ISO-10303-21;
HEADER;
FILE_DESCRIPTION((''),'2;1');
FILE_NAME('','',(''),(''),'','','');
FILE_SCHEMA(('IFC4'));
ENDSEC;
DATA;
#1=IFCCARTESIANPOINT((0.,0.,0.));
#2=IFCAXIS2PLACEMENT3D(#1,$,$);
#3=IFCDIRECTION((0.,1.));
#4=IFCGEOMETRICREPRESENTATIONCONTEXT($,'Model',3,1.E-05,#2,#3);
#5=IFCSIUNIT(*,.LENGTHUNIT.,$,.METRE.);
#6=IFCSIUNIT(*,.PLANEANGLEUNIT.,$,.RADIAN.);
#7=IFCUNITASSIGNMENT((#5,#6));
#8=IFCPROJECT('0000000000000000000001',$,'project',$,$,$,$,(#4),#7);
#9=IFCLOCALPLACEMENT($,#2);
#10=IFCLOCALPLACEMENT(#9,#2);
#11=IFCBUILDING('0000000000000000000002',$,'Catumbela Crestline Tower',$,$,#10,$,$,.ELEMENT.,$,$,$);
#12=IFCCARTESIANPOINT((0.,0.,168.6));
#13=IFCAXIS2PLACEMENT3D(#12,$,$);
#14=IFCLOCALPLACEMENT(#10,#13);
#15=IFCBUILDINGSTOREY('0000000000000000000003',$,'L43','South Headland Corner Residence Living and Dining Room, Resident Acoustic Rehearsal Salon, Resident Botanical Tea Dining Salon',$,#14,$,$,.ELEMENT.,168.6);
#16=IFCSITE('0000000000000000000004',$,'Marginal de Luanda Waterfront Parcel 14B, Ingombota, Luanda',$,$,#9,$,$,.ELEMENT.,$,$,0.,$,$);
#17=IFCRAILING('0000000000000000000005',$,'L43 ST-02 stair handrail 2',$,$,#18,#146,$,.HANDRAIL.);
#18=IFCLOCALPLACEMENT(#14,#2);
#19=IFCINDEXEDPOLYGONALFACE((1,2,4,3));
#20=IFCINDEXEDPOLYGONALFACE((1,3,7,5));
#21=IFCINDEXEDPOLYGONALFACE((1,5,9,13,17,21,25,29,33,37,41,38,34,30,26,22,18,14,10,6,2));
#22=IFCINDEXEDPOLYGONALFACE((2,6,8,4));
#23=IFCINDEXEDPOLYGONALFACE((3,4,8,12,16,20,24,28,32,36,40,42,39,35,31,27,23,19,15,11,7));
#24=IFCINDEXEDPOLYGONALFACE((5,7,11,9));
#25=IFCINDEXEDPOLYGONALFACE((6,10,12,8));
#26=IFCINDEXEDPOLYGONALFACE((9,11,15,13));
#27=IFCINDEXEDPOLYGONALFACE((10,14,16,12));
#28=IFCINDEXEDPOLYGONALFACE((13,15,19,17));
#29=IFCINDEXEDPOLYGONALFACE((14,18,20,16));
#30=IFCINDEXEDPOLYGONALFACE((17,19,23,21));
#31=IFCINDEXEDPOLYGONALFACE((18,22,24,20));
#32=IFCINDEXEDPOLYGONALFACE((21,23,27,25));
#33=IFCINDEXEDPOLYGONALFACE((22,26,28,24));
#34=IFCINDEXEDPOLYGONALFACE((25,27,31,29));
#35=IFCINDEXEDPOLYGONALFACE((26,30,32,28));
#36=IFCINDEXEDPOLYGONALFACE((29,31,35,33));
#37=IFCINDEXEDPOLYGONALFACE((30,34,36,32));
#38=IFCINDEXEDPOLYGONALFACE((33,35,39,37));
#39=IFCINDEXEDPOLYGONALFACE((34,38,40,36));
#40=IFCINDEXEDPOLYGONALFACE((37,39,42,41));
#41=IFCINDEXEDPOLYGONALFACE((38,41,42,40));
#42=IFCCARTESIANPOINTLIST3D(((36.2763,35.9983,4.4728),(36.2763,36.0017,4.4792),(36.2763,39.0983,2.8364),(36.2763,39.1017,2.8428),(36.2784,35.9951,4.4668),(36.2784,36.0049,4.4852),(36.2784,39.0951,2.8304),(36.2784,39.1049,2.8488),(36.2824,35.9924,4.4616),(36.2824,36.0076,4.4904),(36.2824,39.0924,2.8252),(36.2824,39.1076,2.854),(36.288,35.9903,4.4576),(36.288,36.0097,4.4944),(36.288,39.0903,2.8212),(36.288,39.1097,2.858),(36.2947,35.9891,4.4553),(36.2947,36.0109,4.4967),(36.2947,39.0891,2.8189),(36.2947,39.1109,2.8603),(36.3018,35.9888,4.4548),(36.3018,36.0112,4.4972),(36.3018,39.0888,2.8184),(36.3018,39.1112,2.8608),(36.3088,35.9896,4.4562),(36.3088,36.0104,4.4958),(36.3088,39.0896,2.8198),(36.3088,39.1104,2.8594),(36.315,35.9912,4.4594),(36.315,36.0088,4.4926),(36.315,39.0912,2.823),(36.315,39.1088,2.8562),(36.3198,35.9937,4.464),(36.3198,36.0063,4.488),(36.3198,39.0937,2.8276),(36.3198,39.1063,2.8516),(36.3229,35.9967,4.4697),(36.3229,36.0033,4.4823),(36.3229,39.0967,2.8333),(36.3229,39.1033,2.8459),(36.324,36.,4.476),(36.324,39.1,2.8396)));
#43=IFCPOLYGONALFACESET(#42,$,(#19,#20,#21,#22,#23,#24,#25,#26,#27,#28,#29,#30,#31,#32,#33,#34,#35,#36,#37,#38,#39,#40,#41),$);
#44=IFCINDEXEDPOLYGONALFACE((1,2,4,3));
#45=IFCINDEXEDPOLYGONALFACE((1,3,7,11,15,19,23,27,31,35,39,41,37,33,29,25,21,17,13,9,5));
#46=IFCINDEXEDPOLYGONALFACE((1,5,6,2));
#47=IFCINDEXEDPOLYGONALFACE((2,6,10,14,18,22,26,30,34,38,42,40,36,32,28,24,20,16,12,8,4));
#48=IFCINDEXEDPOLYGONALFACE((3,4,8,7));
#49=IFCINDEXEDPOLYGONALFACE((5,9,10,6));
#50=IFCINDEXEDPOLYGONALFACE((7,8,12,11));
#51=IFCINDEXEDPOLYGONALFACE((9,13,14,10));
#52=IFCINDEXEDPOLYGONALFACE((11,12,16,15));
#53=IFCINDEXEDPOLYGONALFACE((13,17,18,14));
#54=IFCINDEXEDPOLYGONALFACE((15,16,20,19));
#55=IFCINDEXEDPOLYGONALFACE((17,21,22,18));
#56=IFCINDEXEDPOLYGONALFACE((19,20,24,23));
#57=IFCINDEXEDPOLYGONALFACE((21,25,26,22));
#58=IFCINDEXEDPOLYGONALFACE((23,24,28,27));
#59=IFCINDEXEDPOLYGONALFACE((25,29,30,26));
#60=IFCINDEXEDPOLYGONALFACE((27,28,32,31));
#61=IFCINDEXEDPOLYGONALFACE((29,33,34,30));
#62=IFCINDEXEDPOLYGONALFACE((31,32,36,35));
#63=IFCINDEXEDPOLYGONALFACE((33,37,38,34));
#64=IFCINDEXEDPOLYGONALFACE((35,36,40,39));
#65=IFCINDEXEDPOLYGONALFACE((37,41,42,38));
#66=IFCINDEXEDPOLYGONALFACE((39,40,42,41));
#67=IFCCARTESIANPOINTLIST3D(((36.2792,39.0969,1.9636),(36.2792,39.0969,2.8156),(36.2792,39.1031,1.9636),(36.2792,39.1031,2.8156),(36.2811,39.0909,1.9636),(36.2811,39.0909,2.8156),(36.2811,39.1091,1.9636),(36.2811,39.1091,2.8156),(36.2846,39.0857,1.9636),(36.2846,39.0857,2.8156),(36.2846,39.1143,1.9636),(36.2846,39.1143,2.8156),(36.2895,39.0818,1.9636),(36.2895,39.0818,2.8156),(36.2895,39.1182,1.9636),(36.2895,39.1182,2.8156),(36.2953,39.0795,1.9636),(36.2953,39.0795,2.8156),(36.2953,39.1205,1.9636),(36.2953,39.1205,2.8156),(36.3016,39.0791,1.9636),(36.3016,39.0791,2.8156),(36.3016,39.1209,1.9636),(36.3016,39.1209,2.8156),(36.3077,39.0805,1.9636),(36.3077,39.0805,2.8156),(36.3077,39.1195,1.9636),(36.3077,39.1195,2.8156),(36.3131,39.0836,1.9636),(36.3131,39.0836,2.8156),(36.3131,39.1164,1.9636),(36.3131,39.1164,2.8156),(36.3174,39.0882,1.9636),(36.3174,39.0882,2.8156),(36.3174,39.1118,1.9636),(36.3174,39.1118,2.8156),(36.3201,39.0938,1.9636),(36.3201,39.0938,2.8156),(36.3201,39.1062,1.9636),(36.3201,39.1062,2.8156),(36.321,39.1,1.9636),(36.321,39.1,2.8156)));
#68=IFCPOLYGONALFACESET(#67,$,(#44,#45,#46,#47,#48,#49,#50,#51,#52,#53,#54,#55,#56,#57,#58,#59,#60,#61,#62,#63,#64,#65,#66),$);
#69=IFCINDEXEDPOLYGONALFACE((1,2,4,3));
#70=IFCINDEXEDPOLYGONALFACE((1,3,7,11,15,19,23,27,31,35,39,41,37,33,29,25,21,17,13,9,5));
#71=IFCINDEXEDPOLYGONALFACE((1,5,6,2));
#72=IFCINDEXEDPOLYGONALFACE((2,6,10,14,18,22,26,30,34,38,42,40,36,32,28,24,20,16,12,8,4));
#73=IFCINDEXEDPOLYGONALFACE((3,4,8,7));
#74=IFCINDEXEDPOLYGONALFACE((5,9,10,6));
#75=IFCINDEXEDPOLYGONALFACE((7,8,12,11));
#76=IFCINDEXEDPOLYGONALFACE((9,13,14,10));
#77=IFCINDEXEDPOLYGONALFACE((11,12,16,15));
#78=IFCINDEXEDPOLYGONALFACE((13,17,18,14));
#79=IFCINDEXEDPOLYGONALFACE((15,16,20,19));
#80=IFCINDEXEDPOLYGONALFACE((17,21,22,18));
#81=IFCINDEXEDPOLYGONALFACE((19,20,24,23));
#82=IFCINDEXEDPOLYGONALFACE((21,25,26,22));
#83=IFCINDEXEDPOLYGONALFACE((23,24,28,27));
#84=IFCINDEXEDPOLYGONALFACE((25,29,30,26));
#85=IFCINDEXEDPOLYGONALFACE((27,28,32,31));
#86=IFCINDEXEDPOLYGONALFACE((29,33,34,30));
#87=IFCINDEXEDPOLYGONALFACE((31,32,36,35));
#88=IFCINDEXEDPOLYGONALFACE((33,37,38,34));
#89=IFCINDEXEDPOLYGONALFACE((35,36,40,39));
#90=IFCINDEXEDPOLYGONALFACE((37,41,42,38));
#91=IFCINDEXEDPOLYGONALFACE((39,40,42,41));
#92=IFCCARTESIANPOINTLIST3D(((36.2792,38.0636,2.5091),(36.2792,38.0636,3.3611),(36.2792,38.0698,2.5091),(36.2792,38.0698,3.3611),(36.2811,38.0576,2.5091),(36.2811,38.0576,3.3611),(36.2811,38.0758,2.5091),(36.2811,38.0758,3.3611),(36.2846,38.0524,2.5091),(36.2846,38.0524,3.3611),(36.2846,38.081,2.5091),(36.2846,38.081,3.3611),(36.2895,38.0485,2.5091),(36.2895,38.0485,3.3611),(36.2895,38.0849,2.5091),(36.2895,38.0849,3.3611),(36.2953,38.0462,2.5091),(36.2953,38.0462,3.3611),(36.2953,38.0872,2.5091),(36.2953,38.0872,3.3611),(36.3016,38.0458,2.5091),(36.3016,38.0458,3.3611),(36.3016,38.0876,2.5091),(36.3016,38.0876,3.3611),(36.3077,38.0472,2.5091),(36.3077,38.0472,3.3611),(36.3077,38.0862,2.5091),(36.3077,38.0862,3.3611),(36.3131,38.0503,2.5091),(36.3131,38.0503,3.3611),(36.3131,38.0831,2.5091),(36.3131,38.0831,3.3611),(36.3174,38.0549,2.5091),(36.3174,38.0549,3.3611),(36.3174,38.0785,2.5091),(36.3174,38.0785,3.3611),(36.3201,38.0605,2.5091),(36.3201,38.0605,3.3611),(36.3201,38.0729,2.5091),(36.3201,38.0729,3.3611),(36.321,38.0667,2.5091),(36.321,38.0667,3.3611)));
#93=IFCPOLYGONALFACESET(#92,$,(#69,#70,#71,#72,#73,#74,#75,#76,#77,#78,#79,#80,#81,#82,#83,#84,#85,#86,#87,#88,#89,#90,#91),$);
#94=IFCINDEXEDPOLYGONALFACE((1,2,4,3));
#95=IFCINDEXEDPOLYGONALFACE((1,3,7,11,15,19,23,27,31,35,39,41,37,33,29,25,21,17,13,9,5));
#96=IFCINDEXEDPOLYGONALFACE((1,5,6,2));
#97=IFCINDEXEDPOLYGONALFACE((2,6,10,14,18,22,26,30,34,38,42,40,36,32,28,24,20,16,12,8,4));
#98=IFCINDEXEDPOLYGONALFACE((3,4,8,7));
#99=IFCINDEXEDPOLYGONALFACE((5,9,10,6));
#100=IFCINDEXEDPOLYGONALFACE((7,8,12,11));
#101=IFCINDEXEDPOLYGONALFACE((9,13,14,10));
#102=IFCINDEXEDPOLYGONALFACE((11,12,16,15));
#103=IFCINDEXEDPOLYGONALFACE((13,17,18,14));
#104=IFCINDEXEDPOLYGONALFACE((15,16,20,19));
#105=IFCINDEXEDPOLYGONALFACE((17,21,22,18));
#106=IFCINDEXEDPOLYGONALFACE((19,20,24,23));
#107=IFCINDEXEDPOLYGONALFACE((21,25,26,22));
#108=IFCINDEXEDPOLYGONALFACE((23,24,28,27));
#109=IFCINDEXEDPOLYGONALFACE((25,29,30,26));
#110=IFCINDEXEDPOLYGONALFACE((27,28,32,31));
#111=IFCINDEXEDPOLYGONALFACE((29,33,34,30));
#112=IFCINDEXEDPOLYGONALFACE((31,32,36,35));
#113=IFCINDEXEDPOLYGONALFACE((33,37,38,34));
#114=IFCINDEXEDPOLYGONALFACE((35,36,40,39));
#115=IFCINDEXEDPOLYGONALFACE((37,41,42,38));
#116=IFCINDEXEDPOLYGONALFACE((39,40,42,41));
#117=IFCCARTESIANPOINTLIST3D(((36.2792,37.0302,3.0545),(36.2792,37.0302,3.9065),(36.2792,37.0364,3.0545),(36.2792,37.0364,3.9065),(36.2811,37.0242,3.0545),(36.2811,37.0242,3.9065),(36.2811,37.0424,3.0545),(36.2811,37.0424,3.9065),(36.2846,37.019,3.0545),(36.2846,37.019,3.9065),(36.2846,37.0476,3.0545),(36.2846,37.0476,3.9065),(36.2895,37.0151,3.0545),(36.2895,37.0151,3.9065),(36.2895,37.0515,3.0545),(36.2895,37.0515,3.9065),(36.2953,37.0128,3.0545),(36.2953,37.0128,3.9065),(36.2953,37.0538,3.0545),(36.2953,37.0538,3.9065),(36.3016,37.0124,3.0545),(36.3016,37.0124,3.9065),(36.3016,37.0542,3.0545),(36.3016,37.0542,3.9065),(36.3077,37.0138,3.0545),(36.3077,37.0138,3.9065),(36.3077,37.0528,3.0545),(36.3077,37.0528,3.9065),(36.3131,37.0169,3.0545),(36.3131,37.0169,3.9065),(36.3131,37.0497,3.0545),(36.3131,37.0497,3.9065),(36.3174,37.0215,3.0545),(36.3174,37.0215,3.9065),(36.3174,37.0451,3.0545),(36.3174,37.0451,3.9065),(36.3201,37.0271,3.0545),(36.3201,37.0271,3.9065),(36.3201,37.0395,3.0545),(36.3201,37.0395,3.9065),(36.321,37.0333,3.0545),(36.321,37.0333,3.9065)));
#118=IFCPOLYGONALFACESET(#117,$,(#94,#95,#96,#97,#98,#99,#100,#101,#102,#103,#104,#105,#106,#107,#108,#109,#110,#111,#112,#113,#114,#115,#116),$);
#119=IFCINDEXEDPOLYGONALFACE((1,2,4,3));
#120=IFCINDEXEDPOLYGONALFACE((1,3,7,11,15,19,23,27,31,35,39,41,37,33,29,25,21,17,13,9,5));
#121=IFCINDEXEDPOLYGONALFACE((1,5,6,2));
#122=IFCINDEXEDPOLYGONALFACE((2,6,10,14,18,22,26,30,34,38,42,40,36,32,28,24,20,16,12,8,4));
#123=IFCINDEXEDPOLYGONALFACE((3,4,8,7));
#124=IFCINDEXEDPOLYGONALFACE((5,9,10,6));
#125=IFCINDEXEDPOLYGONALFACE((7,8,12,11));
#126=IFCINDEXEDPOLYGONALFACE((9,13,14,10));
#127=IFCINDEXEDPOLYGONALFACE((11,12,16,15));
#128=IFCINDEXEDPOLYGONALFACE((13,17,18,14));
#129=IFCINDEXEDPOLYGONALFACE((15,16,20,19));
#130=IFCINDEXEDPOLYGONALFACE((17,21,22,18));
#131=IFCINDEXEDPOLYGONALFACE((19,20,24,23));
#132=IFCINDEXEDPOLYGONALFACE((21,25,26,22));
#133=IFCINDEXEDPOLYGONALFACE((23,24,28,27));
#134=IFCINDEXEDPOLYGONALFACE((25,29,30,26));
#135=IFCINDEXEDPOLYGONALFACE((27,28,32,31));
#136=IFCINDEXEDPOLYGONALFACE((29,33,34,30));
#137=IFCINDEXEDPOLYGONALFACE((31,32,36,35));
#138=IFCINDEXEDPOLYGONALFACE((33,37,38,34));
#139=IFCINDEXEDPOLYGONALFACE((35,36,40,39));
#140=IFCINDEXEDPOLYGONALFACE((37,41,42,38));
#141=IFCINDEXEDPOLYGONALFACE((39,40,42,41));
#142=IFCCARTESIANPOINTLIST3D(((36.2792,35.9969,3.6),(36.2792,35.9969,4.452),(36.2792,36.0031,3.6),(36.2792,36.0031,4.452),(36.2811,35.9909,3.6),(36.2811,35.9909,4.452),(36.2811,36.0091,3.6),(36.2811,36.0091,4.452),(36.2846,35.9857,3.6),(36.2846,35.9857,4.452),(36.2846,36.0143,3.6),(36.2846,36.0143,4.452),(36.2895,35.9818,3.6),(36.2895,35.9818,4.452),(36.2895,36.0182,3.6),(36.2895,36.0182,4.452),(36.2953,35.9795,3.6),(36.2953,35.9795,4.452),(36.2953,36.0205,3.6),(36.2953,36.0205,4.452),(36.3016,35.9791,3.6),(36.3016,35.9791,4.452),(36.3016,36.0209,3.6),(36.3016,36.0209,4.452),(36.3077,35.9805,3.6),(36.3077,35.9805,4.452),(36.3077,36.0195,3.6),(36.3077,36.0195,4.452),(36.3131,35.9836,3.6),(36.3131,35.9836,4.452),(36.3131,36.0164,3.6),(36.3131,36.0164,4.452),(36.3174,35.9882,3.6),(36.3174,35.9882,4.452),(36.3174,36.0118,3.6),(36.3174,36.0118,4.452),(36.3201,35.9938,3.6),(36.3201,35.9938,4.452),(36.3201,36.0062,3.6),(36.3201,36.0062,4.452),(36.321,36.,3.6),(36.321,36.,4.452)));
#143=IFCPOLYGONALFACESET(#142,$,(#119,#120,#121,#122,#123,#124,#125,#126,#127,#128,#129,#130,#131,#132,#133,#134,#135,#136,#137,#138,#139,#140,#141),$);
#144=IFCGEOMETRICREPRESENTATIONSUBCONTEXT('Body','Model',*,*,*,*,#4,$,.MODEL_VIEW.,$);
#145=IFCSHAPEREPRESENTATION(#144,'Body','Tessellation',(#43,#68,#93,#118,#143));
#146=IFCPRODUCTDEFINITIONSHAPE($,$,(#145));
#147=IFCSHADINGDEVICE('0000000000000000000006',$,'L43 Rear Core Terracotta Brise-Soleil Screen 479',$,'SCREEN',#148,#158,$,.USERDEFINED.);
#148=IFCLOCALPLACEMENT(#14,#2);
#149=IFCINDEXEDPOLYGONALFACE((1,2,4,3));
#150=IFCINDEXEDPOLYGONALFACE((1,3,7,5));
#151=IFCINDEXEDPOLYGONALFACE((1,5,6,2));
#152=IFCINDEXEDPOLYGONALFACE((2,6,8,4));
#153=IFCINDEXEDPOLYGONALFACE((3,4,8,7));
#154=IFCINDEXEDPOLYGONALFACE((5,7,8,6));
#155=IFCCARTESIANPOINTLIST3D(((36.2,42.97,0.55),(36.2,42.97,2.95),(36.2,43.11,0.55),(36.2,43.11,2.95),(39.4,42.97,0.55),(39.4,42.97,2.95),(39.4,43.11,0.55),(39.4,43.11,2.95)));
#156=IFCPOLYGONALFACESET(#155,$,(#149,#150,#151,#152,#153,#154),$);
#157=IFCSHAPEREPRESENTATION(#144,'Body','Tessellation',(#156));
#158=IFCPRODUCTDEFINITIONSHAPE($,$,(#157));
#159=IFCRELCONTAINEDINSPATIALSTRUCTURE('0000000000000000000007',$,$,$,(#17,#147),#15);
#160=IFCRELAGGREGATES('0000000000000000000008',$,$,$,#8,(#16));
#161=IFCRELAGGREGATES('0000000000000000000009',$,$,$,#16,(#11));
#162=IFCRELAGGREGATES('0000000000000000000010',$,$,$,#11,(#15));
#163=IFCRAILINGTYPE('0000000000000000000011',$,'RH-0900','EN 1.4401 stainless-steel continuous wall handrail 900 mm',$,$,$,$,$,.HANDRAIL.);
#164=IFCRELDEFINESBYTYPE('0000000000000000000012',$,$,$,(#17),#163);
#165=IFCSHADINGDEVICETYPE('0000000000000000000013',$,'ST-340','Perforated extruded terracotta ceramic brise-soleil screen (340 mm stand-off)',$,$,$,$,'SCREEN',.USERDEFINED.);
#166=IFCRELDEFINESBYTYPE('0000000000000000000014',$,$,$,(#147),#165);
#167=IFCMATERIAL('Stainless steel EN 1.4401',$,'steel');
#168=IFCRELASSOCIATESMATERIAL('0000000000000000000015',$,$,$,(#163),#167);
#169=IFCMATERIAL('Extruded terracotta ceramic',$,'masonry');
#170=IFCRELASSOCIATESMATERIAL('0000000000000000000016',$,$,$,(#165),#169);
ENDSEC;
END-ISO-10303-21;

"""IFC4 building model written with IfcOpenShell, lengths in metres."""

from ifc_helpers import new_model, si_unit, direction, frame, origin, origin_2d, place, context, subcontext, project, spatial, rectangle, circle, extrude, material, type_object, element, save


model = new_model("IFC4")

# Units and contexts
model_context = context("Model", 3, precision=1e-05, world=origin(), true_north=direction((0.0, 1.0)))
body_context = subcontext(model_context, "Body", "Model", "MODEL_VIEW")
ifc_project = project(units=[si_unit("LENGTHUNIT", "METRE"), si_unit("PLANEANGLEUNIT", "RADIAN")], contexts=[model_context])

# Site, building, storey
site_placement = place(None, origin())
site = spatial("IfcSite", under=ifc_project, at=site_placement, Name="Marginal de Luanda Waterfront Parcel 14B, Ingombota, Luanda", CompositionType="ELEMENT", RefElevation=0.0)
building_placement = place(site_placement, origin())
building = spatial("IfcBuilding", under=site, at=building_placement, Name="Catumbela Crestline Tower", CompositionType="ELEMENT")
storey_placement = place(building_placement, frame((0.0, 0.0, 168.6)))
storey = spatial("IfcBuildingStorey", under=building, at=storey_placement, Name="L43", Description="South Headland Corner Residence Living and Dining Room, Resident Acoustic Rehearsal Salon, Resident Botanical Tea Dining Salon", CompositionType="ELEMENT", Elevation=168.6)

# Shared definitions
ifc_material_1 = material(Name="Stainless steel EN 1.4401", Category="steel")

# Railing
railing_type_1 = type_object("IfcRailingType", Name="RH-0900", Description="EN 1.4401 stainless-steel continuous wall handrail 900 mm", PredefinedType="HANDRAIL", material=ifc_material_1)
railing_1_placement = place(storey_placement, frame((36.3, 39.1, 1.9636)))
element("IfcRailing", 1, at=railing_1_placement, inside=storey, type_object=railing_type_1, Name="L43 ST-02 stair handrail 2", PredefinedType="HANDRAIL", context=body_context, shape_type="SweptSolid", body=[
    extrude(circle(Radius=0.024, at=origin_2d()), frame((0.0, 0.0, 0.876), z_axis=(0.0, -0.884351, 0.466823), x_axis=(1.0, 0.0, 0.0)), (0.0, 0.0, 1.0), 3.5054),
    extrude(circle(Radius=0.021, at=origin_2d()), origin(), (0.0, 0.0, 1.0), 0.852),
    extrude(circle(Radius=0.021, at=origin_2d()), frame((0.0, -1.0333, 0.5455)), (0.0, 0.0, 1.0), 0.852),
    extrude(circle(Radius=0.021, at=origin_2d()), frame((0.0, -2.0667, 1.0909)), (0.0, 0.0, 1.0), 0.852),
    extrude(circle(Radius=0.021, at=origin_2d()), frame((0.0, -3.1, 1.6364)), (0.0, 0.0, 1.0), 0.852),
])

# Shading device
ifc_material_2 = material(Name="Extruded terracotta ceramic", Category="masonry")
shading_device_type = type_object("IfcShadingDeviceType", Name="ST-340", Description="Perforated extruded terracotta ceramic brise-soleil screen (340 mm stand-off)", ElementType="SCREEN", PredefinedType="USERDEFINED", material=ifc_material_2)
shading_device_placement = place(storey_placement, frame((37.8, 43.04, 0.55), z_axis=(0.0, 0.0, 1.0), x_axis=(1.0, 0.0, 0.0)))
element("IfcShadingDevice", 2, at=shading_device_placement, inside=storey, type_object=shading_device_type, Name="L43 Rear Core Terracotta Brise-Soleil Screen 479", ObjectType="SCREEN", PredefinedType="USERDEFINED", context=body_context, shape_type="SweptSolid", body=[
    extrude(rectangle(XDim=3.2, YDim=0.14, at=origin_2d()), origin(), (0.0, 0.0, 1.0), 2.4),
])

save(model, "model.ifc")
